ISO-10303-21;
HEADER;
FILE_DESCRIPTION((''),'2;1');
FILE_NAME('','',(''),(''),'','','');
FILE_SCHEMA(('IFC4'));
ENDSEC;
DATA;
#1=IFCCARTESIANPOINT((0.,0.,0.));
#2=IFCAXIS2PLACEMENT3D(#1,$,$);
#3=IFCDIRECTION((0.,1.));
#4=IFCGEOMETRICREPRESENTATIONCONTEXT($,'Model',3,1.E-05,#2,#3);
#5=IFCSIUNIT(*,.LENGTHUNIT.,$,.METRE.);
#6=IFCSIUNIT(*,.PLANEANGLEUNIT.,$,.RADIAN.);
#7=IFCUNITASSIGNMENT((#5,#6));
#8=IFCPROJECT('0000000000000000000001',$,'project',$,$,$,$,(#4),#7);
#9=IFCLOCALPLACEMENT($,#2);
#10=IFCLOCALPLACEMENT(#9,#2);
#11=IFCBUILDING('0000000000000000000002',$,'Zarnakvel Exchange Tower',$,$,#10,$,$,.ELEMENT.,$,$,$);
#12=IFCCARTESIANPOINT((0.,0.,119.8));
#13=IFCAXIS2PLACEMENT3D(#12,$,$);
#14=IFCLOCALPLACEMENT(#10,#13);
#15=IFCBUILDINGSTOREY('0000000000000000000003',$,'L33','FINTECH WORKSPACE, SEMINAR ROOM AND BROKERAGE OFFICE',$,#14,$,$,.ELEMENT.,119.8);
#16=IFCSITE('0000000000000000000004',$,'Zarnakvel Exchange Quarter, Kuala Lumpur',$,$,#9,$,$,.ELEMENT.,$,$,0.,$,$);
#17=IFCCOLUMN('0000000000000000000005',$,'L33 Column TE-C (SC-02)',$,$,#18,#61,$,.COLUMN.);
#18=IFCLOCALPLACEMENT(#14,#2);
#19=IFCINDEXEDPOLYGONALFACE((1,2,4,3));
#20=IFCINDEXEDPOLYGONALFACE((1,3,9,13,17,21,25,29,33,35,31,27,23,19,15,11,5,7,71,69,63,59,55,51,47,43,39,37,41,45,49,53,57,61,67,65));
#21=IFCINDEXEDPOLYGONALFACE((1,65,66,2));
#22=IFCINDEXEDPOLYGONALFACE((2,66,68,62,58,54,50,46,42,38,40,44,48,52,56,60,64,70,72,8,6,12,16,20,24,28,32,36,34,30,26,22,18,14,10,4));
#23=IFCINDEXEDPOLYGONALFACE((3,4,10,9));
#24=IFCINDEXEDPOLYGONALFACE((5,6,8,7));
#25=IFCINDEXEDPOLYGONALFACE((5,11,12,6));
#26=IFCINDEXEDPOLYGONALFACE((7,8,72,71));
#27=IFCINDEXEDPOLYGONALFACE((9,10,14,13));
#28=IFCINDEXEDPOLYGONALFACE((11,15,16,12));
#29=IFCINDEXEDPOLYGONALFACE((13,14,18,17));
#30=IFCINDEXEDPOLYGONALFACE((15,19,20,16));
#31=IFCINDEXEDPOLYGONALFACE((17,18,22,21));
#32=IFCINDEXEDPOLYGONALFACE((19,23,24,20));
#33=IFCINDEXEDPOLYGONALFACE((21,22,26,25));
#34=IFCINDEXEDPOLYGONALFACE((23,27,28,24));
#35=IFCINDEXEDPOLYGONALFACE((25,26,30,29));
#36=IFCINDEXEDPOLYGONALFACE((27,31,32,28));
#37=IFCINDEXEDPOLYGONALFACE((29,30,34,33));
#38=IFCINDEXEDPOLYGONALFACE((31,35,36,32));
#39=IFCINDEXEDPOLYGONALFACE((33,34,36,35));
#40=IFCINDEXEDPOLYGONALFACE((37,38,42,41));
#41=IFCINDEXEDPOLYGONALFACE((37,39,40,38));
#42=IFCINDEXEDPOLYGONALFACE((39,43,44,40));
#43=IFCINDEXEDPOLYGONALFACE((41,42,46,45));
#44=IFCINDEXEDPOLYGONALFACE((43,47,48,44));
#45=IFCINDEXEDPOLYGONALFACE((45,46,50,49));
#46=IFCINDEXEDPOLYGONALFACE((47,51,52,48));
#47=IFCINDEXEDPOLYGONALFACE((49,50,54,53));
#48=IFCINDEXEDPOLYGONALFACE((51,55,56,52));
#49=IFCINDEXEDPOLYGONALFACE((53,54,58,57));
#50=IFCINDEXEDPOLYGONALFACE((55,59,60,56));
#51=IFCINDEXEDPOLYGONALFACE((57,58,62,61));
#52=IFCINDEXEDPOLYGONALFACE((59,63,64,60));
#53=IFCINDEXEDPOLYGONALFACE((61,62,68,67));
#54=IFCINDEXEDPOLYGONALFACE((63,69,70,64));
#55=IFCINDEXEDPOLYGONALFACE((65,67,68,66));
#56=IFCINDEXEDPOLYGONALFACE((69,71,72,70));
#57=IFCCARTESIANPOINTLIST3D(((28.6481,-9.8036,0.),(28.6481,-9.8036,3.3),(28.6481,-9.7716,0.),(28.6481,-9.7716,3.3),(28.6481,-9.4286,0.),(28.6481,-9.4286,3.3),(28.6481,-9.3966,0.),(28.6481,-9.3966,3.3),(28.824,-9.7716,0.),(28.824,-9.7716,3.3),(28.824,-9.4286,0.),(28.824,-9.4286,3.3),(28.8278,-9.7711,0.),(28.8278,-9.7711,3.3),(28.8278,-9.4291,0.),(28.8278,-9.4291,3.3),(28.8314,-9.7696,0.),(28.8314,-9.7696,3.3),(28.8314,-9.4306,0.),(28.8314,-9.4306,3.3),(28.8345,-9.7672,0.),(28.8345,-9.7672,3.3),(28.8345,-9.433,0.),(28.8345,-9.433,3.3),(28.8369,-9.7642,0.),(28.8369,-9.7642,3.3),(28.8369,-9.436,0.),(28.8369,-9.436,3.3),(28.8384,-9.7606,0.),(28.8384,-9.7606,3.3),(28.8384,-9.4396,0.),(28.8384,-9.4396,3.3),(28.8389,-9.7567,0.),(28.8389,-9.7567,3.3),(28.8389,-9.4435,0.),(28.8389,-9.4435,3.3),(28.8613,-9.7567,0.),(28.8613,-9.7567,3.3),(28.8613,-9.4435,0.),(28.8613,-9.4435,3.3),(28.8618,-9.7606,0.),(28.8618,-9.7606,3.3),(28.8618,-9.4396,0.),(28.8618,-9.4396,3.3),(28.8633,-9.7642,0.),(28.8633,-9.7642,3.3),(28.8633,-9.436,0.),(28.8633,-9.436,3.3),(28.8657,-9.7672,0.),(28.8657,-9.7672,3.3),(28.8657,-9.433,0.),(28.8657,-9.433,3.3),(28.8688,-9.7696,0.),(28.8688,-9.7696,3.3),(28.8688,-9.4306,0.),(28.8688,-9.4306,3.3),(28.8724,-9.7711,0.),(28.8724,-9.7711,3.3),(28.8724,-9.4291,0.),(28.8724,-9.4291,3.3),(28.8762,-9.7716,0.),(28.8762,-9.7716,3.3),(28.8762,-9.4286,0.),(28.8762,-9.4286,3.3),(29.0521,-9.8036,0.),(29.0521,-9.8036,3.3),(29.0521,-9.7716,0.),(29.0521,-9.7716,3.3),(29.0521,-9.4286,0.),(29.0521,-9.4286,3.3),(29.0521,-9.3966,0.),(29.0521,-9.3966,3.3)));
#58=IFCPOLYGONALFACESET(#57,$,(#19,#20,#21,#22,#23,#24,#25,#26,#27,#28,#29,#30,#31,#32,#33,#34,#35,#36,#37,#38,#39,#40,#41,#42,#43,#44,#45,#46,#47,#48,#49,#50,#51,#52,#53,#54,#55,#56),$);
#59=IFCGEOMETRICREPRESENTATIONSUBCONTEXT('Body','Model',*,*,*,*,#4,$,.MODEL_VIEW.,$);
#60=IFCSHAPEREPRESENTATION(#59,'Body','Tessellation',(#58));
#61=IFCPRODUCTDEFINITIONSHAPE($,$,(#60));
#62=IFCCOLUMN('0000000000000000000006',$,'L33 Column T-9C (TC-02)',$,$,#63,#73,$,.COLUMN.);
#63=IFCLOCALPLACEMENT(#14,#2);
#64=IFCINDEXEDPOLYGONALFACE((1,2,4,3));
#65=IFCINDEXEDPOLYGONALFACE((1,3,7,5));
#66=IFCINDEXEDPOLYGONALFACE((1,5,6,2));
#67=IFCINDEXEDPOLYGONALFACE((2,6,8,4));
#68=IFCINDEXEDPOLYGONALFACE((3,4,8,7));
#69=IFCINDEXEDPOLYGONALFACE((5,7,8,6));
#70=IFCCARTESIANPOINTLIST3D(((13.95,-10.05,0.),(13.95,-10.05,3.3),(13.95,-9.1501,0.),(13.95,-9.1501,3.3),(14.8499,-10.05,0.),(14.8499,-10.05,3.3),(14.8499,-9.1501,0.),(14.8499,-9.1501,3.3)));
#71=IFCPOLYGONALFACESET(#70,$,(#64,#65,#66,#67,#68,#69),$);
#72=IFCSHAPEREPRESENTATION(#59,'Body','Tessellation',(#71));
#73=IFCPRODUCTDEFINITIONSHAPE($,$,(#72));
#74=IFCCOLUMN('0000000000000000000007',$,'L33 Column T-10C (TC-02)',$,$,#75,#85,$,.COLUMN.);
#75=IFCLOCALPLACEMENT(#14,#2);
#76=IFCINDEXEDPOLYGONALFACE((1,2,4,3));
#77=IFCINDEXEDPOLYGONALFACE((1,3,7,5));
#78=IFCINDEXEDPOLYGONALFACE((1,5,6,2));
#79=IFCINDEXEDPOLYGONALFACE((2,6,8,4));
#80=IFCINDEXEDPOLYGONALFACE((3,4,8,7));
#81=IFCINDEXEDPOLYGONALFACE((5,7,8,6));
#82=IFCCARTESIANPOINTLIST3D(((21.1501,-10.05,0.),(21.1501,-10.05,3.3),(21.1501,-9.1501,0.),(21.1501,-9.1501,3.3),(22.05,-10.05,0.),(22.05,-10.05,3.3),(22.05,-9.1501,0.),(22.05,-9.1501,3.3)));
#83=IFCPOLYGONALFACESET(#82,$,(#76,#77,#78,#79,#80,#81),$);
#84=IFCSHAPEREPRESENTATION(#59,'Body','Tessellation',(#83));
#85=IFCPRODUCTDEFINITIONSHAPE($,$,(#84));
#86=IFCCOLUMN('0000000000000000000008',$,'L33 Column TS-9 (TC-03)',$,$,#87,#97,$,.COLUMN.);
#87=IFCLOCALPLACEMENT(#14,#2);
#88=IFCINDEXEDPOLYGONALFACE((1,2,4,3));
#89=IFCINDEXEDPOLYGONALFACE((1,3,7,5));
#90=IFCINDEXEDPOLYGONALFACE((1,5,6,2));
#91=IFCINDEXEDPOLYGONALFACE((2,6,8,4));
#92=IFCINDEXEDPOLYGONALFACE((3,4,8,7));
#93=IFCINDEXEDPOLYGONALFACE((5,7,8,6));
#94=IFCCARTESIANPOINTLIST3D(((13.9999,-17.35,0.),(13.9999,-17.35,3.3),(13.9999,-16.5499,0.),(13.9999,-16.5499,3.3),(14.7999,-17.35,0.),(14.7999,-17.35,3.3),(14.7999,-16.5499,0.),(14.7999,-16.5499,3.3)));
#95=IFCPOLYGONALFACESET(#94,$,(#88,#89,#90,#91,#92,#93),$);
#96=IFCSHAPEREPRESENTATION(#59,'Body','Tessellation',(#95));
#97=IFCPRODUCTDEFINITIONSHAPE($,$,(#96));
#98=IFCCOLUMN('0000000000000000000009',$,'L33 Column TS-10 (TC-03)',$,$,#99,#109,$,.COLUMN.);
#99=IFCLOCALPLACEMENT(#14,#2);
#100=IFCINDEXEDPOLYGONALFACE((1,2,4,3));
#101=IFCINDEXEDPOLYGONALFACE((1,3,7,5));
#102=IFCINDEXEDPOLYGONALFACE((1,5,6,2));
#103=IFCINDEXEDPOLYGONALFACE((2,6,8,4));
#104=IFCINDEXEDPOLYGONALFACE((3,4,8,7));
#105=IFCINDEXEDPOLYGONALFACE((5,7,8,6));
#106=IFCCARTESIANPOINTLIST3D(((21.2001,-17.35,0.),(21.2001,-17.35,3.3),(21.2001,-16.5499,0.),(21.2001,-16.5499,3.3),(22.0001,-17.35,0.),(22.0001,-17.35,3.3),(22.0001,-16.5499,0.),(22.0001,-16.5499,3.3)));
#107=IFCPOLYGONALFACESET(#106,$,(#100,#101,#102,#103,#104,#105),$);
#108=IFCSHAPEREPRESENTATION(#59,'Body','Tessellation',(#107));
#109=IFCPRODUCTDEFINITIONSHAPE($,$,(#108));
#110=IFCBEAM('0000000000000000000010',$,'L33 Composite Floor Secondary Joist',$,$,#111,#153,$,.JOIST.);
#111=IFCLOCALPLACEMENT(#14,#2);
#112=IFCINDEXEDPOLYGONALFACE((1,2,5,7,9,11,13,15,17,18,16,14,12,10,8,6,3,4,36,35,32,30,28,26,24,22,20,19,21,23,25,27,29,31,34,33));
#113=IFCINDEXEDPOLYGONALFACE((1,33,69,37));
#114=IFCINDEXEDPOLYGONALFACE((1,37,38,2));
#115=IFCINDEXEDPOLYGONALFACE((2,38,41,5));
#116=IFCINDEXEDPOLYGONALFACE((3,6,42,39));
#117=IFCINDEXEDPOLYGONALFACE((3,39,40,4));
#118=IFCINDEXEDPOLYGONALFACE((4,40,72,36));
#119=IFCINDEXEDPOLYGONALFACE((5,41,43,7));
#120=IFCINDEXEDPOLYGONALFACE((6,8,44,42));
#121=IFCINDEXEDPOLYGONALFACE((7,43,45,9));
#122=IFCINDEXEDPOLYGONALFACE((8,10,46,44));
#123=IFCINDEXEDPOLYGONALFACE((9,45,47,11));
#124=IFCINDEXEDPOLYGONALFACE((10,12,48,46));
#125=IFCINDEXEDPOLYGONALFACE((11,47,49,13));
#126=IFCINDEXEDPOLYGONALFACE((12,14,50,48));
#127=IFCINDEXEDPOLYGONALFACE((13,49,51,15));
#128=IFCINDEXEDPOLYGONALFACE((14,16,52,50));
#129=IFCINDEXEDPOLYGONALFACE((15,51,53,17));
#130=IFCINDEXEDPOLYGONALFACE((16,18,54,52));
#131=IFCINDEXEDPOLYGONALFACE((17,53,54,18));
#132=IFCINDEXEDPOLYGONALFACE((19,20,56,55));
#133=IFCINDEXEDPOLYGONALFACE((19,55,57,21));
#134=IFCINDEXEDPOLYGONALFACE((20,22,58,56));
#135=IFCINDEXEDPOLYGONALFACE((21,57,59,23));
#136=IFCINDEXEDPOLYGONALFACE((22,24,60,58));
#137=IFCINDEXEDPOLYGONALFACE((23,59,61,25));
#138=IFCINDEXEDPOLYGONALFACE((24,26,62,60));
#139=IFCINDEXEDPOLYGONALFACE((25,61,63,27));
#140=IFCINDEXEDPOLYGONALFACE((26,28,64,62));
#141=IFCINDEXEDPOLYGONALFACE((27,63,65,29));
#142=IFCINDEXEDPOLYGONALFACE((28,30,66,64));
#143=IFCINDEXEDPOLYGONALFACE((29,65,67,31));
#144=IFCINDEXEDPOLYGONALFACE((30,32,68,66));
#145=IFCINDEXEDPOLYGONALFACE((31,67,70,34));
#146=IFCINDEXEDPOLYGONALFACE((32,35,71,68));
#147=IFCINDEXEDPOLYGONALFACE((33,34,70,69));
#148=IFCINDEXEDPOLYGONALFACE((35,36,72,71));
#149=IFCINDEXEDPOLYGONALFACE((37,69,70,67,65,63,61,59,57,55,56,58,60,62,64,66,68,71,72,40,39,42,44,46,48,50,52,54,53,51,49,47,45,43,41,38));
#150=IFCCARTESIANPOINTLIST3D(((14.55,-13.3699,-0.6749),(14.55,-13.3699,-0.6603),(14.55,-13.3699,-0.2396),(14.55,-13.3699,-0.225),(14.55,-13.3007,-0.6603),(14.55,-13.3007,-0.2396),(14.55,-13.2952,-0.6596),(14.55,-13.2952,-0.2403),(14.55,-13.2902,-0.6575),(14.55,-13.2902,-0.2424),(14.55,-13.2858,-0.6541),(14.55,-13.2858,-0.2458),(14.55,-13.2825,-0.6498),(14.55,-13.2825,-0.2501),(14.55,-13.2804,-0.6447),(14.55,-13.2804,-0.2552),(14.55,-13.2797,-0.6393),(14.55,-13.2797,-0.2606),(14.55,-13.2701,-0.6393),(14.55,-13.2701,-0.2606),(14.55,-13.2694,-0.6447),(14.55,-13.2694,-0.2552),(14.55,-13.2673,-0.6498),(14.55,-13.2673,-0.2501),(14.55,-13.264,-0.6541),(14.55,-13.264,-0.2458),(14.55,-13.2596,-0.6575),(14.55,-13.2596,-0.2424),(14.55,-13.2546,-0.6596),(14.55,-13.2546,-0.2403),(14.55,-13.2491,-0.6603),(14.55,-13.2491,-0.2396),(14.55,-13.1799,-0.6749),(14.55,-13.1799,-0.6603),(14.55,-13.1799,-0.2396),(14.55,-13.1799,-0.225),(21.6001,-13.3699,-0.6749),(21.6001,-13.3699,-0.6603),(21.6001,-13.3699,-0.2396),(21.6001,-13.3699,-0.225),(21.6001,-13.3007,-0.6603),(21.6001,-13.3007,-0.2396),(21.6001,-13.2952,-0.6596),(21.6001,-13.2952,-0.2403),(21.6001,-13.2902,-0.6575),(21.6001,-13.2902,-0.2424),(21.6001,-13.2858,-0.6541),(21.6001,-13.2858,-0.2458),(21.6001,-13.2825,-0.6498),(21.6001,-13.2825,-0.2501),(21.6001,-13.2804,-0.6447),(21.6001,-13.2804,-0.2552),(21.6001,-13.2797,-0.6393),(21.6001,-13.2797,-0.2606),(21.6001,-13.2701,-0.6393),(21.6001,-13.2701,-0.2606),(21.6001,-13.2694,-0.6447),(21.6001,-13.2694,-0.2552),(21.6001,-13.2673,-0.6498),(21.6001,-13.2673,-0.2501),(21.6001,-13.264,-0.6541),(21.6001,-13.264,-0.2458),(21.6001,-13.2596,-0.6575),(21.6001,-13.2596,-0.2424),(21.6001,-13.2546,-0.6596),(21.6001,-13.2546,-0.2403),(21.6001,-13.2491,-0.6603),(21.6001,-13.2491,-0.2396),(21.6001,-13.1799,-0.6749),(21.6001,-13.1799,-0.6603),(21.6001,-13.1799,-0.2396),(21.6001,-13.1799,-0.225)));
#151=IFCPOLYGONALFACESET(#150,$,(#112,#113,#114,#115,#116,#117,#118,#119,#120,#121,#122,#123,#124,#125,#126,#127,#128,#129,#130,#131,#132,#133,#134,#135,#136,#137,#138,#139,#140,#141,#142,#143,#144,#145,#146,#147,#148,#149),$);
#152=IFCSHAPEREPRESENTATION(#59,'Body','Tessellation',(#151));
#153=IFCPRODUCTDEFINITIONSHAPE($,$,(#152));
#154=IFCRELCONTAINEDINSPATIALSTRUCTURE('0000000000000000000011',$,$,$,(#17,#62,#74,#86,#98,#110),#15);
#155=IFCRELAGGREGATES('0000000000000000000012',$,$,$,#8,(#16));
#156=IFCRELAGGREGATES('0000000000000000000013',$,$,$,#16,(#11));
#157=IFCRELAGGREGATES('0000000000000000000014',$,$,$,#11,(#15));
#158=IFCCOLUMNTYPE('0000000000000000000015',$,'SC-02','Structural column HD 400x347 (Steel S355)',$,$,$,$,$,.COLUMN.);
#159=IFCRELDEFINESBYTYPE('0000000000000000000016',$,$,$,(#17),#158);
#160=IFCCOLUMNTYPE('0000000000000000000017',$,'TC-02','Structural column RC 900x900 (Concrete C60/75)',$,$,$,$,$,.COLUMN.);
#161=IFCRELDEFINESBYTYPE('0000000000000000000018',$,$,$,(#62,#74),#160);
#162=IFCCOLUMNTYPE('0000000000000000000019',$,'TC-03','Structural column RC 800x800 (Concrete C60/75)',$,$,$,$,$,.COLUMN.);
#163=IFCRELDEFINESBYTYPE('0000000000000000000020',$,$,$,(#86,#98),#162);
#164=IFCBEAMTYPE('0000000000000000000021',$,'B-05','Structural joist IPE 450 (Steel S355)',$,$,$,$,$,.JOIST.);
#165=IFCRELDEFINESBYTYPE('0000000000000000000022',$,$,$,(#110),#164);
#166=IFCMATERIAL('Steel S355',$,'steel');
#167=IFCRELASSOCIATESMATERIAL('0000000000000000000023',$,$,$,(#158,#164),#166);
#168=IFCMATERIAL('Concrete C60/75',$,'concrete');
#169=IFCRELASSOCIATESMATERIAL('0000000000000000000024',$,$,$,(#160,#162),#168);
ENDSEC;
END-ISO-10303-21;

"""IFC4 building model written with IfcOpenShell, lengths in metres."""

from ifc_helpers import new_model, si_unit, direction, frame, origin, origin_2d, place, context, subcontext, project, spatial, rectangle, i_section, extrude, material, material_profile, profile_set, type_object, element, save


model = new_model("IFC4")

# Units and contexts
model_context = context("Model", 3, precision=1e-05, world=origin(), true_north=direction((0.0, 1.0)))
body_context = subcontext(model_context, "Body", "Model", "MODEL_VIEW")
ifc_project = project(units=[si_unit("LENGTHUNIT", "METRE"), si_unit("PLANEANGLEUNIT", "RADIAN")], contexts=[model_context])

# Site, building, storey
site_placement = place(None, origin())
site = spatial("IfcSite", under=ifc_project, at=site_placement, Name="Zarnakvel Exchange Quarter, Kuala Lumpur", CompositionType="ELEMENT", RefElevation=0.0)
building_placement = place(site_placement, origin())
building = spatial("IfcBuilding", under=site, at=building_placement, Name="Zarnakvel Exchange Tower", CompositionType="ELEMENT")
storey_placement = place(building_placement, frame((0.0, 0.0, 119.8)))
storey = spatial("IfcBuildingStorey", under=building, at=storey_placement, Name="L33", Description="FINTECH WORKSPACE, SEMINAR ROOM AND BROKERAGE OFFICE", CompositionType="ELEMENT", Elevation=119.8)

# Columns
ifc_material_1 = material(Name="Steel S355", Category="steel")
ifc_material_profile_1 = material_profile(ifc_material_1, i_section(OverallWidth=0.4041, OverallDepth=0.407, WebThickness=0.0225, FlangeThickness=0.032, FilletRadius=0.0149, at=origin_2d()))
ifc_profile_set_1 = profile_set([ifc_material_profile_1], Name="Steel S355")
column_type_1 = type_object("IfcColumnType", Name="SC-02", Description="Structural column HD 400x347 (Steel S355)", PredefinedType="COLUMN", material=ifc_profile_set_1)
column_placement = place(storey_placement, frame((28.8501, -9.6001, 0.0), z_axis=(0.0, 0.0, 1.0), x_axis=(1.0, 0.0, 0.0)))
element("IfcColumn", 1, at=column_placement, inside=storey, type_object=column_type_1, Name="L33 Column TE-C (SC-02)", PredefinedType="COLUMN", context=body_context, shape_type="SweptSolid", body=[
    extrude(i_section(OverallWidth=0.4041, OverallDepth=0.407, WebThickness=0.0225, FlangeThickness=0.032, FilletRadius=0.0149, at=origin_2d()), origin(), (0.0, 0.0, 1.0), 3.3),
])
ifc_material_2 = material(Name="Concrete C60/75", Category="concrete")
ifc_material_profile_2 = material_profile(ifc_material_2, rectangle(XDim=0.8999, YDim=0.8999, at=origin_2d()))
ifc_profile_set_2 = profile_set([ifc_material_profile_2], Name="Concrete C60/75")
column_type_2 = type_object("IfcColumnType", Name="TC-02", Description="Structural column RC 900x900 (Concrete C60/75)", PredefinedType="COLUMN", material=ifc_profile_set_2)
for number, where, z_axis, x_axis, name in (
    (2, (14.3999, -9.6001, 0.0), (0.0, 0.0, 1.0), (1.0, 0.0, 0.0), "L33 Column T-9C (TC-02)"),
    (3, (21.6001, -9.6001, 0.0), (0.0, 0.0, 1.0), (1.0, 0.0, 0.0), "L33 Column T-10C (TC-02)"),
):
    element("IfcColumn", number, at=place(storey_placement, frame(where, z_axis=z_axis, x_axis=x_axis)), inside=storey, type_object=column_type_2, Name=name, PredefinedType="COLUMN", context=body_context, shape_type="SweptSolid", body=[
        extrude(rectangle(XDim=0.8999, YDim=0.8999, at=origin_2d()), origin(), (0.0, 0.0, 1.0), 3.3),
    ])
ifc_material_profile_3 = material_profile(ifc_material_2, rectangle(XDim=0.8, YDim=0.8, at=origin_2d()))
ifc_profile_set_3 = profile_set([ifc_material_profile_3], Name="Concrete C60/75")
column_type_3 = type_object("IfcColumnType", Name="TC-03", Description="Structural column RC 800x800 (Concrete C60/75)", PredefinedType="COLUMN", material=ifc_profile_set_3)
for number, where, z_axis, x_axis, name in (
    (4, (14.3999, -16.95, 0.0), (0.0, 0.0, 1.0), (1.0, 0.0, 0.0), "L33 Column TS-9 (TC-03)"),
    (5, (21.6001, -16.95, 0.0), (0.0, 0.0, 1.0), (1.0, 0.0, 0.0), "L33 Column TS-10 (TC-03)"),
):
    element("IfcColumn", number, at=place(storey_placement, frame(where, z_axis=z_axis, x_axis=x_axis)), inside=storey, type_object=column_type_3, Name=name, PredefinedType="COLUMN", context=body_context, shape_type="SweptSolid", body=[
        extrude(rectangle(XDim=0.8, YDim=0.8, at=origin_2d()), origin(), (0.0, 0.0, 1.0), 3.3),
    ])

# Beam
ifc_material_profile_4 = material_profile(ifc_material_1, i_section(OverallWidth=0.1899, OverallDepth=0.45, WebThickness=0.0095, FlangeThickness=0.0146, FilletRadius=0.021, at=origin_2d()))
ifc_profile_set_4 = profile_set([ifc_material_profile_4], Name="Steel S355")
beam_type_1 = type_object("IfcBeamType", Name="B-05", Description="Structural joist IPE 450 (Steel S355)", PredefinedType="JOIST", material=ifc_profile_set_4)
beam_1_placement = place(storey_placement, frame((14.55, -13.2749, -0.45), z_axis=(1.0, 0.0, 0.0), x_axis=(0.0, 1.0, 0.0)))
element("IfcBeam", 6, at=beam_1_placement, inside=storey, type_object=beam_type_1, Name="L33 Composite Floor Secondary Joist", PredefinedType="JOIST", context=body_context, shape_type="SweptSolid", body=[
    extrude(i_section(OverallWidth=0.1899, OverallDepth=0.45, WebThickness=0.0095, FlangeThickness=0.0146, FilletRadius=0.021, at=origin_2d()), origin(), (0.0, 0.0, 1.0), 7.05),
])

save(model, "model.ifc")
